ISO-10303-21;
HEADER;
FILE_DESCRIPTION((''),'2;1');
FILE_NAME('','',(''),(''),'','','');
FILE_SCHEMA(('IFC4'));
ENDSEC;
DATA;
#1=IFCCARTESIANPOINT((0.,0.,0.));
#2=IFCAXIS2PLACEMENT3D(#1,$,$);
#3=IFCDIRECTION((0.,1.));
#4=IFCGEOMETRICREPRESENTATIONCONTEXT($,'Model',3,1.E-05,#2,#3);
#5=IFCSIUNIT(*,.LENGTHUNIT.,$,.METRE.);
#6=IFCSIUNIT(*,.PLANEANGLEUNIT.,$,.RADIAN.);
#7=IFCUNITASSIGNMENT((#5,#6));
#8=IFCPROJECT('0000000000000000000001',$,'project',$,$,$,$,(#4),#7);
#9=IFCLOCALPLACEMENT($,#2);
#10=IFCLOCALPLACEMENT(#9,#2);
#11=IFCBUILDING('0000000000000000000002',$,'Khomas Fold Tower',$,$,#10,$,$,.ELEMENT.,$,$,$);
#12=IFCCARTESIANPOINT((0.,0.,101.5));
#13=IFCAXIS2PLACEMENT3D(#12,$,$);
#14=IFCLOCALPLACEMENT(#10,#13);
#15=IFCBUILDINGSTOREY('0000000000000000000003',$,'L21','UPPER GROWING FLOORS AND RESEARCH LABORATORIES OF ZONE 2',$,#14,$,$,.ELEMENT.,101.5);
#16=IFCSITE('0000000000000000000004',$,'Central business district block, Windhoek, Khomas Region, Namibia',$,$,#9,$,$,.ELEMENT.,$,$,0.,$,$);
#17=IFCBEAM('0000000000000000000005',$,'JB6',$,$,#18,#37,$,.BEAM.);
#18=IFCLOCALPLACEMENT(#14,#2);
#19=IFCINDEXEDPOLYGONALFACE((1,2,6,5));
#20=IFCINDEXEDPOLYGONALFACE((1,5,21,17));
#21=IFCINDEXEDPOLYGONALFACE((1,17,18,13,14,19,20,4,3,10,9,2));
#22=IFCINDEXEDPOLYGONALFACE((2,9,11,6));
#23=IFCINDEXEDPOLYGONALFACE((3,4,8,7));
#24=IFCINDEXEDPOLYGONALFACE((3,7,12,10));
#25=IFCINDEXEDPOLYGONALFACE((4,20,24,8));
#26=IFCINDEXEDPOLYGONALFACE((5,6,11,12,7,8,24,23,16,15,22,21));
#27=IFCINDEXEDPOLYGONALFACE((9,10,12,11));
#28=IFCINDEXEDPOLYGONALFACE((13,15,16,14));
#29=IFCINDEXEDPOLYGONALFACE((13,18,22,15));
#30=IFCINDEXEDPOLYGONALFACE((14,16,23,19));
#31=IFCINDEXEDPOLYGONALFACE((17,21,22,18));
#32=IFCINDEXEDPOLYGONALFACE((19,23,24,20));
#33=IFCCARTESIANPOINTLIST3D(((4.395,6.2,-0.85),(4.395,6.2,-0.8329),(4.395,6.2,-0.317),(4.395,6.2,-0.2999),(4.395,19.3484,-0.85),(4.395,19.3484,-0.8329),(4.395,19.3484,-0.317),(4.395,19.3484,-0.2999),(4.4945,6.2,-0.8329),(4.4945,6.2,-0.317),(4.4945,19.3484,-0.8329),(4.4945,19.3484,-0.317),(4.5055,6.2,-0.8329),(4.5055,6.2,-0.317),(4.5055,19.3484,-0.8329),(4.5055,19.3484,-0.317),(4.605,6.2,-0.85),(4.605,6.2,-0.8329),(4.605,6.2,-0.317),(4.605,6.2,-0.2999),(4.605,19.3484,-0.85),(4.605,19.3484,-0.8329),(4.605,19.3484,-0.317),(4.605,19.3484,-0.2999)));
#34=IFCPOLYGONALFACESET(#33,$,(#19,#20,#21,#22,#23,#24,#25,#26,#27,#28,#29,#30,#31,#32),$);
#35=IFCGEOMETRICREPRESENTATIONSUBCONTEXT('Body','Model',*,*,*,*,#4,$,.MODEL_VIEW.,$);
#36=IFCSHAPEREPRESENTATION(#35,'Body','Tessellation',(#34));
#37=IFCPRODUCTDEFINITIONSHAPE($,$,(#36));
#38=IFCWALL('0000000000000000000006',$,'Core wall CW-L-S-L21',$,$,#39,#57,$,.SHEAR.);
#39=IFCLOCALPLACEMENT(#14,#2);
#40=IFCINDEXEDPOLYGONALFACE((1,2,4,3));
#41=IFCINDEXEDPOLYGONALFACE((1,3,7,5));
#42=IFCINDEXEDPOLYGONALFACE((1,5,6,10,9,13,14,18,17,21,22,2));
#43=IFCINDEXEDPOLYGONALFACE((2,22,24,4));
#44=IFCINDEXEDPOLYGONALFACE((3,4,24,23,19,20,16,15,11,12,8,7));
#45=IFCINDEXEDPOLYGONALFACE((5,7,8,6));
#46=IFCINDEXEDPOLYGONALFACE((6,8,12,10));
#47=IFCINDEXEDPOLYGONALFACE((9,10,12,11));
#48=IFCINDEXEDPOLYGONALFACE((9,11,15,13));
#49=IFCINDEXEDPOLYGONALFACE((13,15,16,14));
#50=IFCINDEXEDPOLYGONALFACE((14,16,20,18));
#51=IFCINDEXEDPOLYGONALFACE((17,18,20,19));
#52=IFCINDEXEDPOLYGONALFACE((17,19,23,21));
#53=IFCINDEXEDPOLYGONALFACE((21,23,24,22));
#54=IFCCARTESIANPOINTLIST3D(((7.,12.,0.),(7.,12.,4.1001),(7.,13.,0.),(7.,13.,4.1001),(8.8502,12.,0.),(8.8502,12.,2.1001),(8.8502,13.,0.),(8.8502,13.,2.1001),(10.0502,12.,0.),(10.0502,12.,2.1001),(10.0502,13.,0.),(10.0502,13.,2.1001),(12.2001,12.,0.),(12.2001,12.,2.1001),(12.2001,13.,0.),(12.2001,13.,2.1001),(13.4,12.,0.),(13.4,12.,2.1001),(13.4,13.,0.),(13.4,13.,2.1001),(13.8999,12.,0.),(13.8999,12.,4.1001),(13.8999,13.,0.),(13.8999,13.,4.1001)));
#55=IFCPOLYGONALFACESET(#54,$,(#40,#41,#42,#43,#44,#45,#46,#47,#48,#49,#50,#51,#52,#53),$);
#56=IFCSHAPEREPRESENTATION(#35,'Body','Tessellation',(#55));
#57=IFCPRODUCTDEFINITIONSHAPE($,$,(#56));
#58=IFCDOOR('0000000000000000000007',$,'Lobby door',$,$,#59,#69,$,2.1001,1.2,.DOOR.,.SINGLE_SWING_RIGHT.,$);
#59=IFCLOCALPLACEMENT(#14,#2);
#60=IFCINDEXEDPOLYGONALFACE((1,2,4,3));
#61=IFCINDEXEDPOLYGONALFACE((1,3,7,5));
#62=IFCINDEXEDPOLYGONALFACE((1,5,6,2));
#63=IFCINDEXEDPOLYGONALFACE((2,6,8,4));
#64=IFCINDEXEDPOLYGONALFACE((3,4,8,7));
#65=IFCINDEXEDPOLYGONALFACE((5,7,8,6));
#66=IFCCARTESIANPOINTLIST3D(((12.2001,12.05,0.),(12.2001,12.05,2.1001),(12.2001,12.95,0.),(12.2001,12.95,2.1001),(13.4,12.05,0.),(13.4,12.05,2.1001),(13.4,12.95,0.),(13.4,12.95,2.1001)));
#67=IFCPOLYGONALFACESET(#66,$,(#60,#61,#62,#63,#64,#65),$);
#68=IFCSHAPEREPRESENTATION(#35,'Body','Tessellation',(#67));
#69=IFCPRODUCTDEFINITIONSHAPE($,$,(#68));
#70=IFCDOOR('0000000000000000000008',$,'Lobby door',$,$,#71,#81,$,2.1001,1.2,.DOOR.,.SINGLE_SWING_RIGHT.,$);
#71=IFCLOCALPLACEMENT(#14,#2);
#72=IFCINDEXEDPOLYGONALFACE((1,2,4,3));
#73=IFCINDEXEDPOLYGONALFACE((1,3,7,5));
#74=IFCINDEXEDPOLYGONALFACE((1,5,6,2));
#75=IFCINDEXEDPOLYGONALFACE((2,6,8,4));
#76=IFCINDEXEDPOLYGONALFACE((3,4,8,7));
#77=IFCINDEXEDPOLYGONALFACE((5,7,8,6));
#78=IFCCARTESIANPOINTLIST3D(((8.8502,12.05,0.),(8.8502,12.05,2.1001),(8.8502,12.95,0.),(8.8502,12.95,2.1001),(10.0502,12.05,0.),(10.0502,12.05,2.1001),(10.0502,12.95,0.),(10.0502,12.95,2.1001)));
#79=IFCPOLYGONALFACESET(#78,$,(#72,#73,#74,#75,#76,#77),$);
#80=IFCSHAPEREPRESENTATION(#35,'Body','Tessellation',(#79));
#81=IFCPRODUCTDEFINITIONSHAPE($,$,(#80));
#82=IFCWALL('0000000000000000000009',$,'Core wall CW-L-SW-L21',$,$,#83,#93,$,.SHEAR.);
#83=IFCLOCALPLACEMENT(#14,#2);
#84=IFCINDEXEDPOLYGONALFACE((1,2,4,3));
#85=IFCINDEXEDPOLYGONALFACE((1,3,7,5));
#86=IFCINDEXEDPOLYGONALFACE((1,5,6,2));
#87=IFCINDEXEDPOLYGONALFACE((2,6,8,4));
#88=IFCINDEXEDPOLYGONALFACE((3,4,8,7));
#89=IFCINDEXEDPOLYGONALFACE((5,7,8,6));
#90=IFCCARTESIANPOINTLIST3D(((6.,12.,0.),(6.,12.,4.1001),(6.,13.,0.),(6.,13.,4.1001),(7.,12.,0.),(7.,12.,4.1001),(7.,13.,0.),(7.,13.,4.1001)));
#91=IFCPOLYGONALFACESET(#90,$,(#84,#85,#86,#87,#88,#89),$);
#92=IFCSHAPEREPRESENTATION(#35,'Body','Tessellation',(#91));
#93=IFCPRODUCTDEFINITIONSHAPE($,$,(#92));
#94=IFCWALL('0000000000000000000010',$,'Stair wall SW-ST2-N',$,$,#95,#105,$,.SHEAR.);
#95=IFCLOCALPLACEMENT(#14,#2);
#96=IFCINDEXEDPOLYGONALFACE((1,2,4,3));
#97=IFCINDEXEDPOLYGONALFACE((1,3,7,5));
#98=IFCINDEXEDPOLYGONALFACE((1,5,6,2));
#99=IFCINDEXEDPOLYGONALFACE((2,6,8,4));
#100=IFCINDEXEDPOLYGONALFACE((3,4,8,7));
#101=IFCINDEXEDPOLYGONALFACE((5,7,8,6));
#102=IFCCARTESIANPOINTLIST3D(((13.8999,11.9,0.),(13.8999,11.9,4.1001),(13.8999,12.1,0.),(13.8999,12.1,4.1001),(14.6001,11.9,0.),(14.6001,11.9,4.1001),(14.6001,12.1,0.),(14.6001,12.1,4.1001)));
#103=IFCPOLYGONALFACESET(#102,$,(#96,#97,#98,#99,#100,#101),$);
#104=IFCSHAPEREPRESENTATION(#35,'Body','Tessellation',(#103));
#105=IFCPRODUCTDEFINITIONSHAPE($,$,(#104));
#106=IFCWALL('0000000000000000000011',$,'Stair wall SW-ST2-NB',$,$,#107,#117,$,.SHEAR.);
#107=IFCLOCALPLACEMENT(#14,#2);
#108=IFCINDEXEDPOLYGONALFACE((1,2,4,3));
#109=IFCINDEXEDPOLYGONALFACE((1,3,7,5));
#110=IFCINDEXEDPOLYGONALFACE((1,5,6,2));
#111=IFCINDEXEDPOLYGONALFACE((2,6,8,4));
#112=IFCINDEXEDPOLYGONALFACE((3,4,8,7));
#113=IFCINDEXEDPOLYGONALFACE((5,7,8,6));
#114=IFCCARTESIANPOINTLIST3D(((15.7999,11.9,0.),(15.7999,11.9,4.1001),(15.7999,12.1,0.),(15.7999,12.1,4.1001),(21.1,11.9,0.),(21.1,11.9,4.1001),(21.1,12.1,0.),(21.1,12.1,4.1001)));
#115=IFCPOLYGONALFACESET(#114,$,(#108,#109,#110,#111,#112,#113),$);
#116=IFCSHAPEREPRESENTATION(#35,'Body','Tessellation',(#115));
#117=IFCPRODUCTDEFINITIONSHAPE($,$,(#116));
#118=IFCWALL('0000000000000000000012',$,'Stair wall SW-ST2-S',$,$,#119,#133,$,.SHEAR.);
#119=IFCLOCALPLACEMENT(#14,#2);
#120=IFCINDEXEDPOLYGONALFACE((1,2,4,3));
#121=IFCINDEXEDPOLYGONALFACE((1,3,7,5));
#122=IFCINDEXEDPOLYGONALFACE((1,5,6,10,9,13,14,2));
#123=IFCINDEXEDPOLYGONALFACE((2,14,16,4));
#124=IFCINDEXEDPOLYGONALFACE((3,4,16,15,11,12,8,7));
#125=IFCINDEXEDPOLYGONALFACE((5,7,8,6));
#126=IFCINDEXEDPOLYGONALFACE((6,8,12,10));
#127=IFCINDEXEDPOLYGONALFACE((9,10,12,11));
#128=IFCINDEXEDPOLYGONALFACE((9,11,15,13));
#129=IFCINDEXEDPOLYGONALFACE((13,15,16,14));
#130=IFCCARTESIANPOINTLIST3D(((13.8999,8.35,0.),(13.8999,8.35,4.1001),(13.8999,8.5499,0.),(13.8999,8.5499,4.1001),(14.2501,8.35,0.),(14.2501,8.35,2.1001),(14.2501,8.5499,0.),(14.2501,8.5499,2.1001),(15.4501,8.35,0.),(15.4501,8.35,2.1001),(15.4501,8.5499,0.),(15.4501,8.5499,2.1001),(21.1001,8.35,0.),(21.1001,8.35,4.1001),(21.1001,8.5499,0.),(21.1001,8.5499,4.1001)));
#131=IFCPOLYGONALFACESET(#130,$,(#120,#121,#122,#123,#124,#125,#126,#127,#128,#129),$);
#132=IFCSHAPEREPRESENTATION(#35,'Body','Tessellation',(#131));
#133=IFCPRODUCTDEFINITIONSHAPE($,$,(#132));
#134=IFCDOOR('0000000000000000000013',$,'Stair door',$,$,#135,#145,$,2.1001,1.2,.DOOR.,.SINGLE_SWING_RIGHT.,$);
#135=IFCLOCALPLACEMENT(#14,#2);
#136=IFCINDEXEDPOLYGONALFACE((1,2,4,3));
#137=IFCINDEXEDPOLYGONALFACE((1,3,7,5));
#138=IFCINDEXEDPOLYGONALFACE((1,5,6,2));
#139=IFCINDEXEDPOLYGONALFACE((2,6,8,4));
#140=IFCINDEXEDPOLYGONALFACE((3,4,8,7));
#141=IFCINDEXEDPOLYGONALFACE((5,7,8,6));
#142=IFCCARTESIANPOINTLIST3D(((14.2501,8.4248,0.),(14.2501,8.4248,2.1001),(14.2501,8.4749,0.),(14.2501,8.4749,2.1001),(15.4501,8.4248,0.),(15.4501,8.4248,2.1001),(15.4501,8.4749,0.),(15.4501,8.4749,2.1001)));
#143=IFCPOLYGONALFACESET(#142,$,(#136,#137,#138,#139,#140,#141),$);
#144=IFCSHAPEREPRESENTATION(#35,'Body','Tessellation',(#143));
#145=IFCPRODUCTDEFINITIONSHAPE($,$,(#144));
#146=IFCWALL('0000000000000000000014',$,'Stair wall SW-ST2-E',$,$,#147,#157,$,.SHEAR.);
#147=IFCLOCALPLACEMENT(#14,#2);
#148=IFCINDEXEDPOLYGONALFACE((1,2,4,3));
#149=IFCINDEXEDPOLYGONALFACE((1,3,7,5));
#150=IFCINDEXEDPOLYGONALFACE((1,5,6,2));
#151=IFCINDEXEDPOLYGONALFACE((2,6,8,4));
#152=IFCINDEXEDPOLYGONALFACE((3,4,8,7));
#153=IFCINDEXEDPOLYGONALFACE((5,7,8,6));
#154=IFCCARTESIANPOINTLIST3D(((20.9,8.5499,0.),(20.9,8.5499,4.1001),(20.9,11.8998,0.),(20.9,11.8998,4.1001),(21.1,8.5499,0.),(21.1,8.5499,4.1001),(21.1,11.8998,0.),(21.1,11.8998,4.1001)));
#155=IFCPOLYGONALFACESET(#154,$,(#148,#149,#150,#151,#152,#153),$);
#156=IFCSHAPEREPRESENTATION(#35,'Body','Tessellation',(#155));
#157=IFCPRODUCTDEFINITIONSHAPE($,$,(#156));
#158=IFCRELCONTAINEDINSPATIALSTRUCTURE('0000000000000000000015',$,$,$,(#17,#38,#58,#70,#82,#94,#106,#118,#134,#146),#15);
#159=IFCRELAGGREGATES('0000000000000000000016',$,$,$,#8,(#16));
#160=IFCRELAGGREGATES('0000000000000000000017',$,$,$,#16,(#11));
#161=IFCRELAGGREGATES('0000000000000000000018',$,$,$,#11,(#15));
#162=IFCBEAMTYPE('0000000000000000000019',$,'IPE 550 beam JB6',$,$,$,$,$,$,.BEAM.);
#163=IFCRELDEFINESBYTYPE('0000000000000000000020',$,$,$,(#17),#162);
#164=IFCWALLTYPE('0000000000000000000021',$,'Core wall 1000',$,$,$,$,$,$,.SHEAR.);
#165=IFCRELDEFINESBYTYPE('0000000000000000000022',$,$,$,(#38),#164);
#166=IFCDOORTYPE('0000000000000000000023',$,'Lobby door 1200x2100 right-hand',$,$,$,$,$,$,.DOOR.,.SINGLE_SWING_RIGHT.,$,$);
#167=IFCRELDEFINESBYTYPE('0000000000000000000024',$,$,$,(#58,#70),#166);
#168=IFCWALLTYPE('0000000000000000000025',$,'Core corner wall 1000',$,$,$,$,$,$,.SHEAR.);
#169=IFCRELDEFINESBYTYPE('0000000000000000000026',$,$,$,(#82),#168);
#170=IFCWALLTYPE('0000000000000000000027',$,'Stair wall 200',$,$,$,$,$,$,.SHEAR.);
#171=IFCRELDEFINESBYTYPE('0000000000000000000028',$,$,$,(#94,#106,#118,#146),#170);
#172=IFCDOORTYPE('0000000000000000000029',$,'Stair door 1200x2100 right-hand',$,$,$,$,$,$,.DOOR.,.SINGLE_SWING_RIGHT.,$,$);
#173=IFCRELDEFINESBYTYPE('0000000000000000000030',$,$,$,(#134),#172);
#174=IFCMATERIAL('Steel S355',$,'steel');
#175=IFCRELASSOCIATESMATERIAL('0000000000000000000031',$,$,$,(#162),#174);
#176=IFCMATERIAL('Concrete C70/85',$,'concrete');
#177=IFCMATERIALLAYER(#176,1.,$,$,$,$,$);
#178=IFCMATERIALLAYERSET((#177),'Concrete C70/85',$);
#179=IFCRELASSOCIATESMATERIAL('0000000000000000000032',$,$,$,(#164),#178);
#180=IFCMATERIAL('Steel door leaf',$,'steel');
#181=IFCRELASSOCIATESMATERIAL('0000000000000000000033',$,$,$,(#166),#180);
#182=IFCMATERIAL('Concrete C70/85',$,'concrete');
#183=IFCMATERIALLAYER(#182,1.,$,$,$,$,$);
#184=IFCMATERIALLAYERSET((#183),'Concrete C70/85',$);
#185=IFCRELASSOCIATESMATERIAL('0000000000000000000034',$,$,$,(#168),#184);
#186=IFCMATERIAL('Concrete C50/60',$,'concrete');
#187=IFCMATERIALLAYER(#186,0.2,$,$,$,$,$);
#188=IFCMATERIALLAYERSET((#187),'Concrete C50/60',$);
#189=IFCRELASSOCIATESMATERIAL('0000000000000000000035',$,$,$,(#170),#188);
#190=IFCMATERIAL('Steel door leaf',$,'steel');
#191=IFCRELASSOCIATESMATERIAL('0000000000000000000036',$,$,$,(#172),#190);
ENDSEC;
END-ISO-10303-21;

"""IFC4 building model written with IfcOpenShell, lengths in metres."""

from ifc_helpers import new_model, si_unit, direction, frame, frame_2d, origin, origin_2d, place, context, subcontext, project, spatial, rectangle, i_section, extrude, source, transform, mapped, material, layer, layer_set, material_profile, profile_set, type_object, element, fill, save


model = new_model("IFC4")

# Units and contexts
model_context = context("Model", 3, precision=1e-05, world=origin(), true_north=direction((0.0, 1.0)))
body_context = subcontext(model_context, "Body", "Model", "MODEL_VIEW")
ifc_project = project(units=[si_unit("LENGTHUNIT", "METRE"), si_unit("PLANEANGLEUNIT", "RADIAN")], contexts=[model_context])

# Site, building, storey
site_placement = place(None, origin())
site = spatial("IfcSite", under=ifc_project, at=site_placement, Name="Central business district block, Windhoek, Khomas Region, Namibia", CompositionType="ELEMENT", RefElevation=0.0)
building_placement = place(site_placement, origin())
building = spatial("IfcBuilding", under=site, at=building_placement, Name="Khomas Fold Tower", CompositionType="ELEMENT")
storey_placement = place(building_placement, frame((0.0, 0.0, 101.5)))
storey = spatial("IfcBuildingStorey", under=building, at=storey_placement, Name="L21", Description="UPPER GROWING FLOORS AND RESEARCH LABORATORIES OF ZONE 2", CompositionType="ELEMENT", Elevation=101.5)

# Beam
ifc_material_1 = material(Name="Steel S355", Category="steel")
ifc_material_profile = material_profile(ifc_material_1, i_section(OverallWidth=0.21, OverallDepth=0.55, WebThickness=0.011, FlangeThickness=0.0171, at=origin_2d()), Name="IPE 550")
ifc_profile_set = profile_set([ifc_material_profile], Name="Steel S355")
beam_type = type_object("IfcBeamType", Name="IPE 550 beam JB6", PredefinedType="BEAM", material=ifc_profile_set)
shared_shape_1 = source(origin(), body_context, "Body", "SweptSolid", [
    extrude(i_section(OverallWidth=0.21, OverallDepth=0.55, WebThickness=0.011, FlangeThickness=0.0171, at=origin_2d()), origin(), (0.0, 0.0, 1.0), 13.1484),
])
beam_placement = place(storey_placement, frame((4.5, 6.2, -0.575), z_axis=(0.0, 1.0, 0.0), x_axis=(-1.0, 0.0, 0.0)))
element("IfcBeam", 1, at=beam_placement, inside=storey, type_object=beam_type, Name="JB6", PredefinedType="BEAM", context=body_context, shape_type="MappedRepresentation", body=[
    mapped(shared_shape_1, transform((0.0, 0.0, 0.0))),
])

# Wall, openings, doors
ifc_material_2 = material(Name="Concrete C70/85", Category="concrete")
ifc_layer_1 = layer(ifc_material_2, 1.0)
ifc_layer_set_1 = layer_set([ifc_layer_1], Name="Concrete C70/85")
wall_type_1 = type_object("IfcWallType", Name="Core wall 1000", PredefinedType="SHEAR", material=ifc_layer_set_1)
shared_shape_2 = source(origin(), body_context, "Body", "SweptSolid", [
    extrude(rectangle(XDim=6.8999, YDim=1.0, at=frame_2d((3.45, 0.0))), origin(), (0.0, 0.0, 1.0), 4.1001),
])
wall_1_placement = place(storey_placement, frame((7.0, 12.5, 0.0), z_axis=(0.0, 0.0, 1.0), x_axis=(1.0, 0.0, 0.0)))
wall_1 = element("IfcWall", 2, at=wall_1_placement, inside=storey, type_object=wall_type_1, Name="Core wall CW-L-S-L21", PredefinedType="SHEAR", context=body_context, shape_type="MappedRepresentation", body=[
    mapped(shared_shape_2, transform((0.0, 0.0, 0.0))),
])
shared_shape_3 = source(origin(), body_context, "Body", "SweptSolid", [
    extrude(rectangle(XDim=1.2, YDim=2.1001, at=frame_2d((0.6001, 1.05))), frame((0.0, 0.51, 0.0), z_axis=(0.0, -1.0, 0.0), x_axis=(1.0, 0.0, 0.0)), (0.0, 0.0, 1.0), 1.02),
])
opening_1_placement = place(wall_1_placement, frame((5.2, 0.0, 0.0)))
opening_1 = element("IfcOpeningElement", 3, at=opening_1_placement, cuts=wall_1, PredefinedType="OPENING", context=body_context, shape_type="MappedRepresentation", body=[
    mapped(shared_shape_3, transform((0.0, 0.0, 0.0))),
])
opening_2_placement = place(wall_1_placement, frame((1.8501, 0.0, 0.0)))
opening_2 = element("IfcOpeningElement", 4, at=opening_2_placement, cuts=wall_1, PredefinedType="OPENING", context=body_context, shape_type="MappedRepresentation", body=[
    mapped(shared_shape_3, transform((0.0, 0.0, 0.0))),
])
ifc_material_3 = material(Name="Steel door leaf", Category="steel")
door_type_1 = type_object("IfcDoorType", Name="Lobby door 1200x2100 right-hand", OperationType="SINGLE_SWING_RIGHT", PredefinedType="DOOR", material=ifc_material_3)
shared_shape_4 = source(origin(), body_context, "Body", "SweptSolid", [
    extrude(rectangle(XDim=1.2, YDim=2.1001, at=frame_2d((0.6001, 1.05))), frame((0.0, 0.45, 0.0), z_axis=(0.0, -1.0, 0.0), x_axis=(1.0, 0.0, 0.0)), (0.0, 0.0, 1.0), 0.8999),
])
door_1_placement = place(opening_1_placement, origin())
door_1 = element("IfcDoor", 5, at=door_1_placement, inside=storey, type_object=door_type_1, Name="Lobby door", OperationType="SINGLE_SWING_RIGHT", OverallHeight=2.1001, OverallWidth=1.2, PredefinedType="DOOR", context=body_context, shape_type="MappedRepresentation", body=[
    mapped(shared_shape_4, transform((0.0, 0.0, 0.0))),
])
fill(opening_1, door_1)
door_2_placement = place(opening_2_placement, origin())
door_2 = element("IfcDoor", 6, at=door_2_placement, inside=storey, type_object=door_type_1, Name="Lobby door", OperationType="SINGLE_SWING_RIGHT", OverallHeight=2.1001, OverallWidth=1.2, PredefinedType="DOOR", context=body_context, shape_type="MappedRepresentation", body=[
    mapped(shared_shape_4, transform((0.0, 0.0, 0.0))),
])
fill(opening_2, door_2)

# Walls
ifc_material_4 = material(Name="Concrete C70/85", Category="concrete")
ifc_layer_2 = layer(ifc_material_4, 1.0)
ifc_layer_set_2 = layer_set([ifc_layer_2], Name="Concrete C70/85")
wall_type_2 = type_object("IfcWallType", Name="Core corner wall 1000", PredefinedType="SHEAR", material=ifc_layer_set_2)
shared_shape_5 = source(origin(), body_context, "Body", "SweptSolid", [
    extrude(rectangle(XDim=1.0, YDim=1.0, at=frame_2d((0.5, 0.0))), origin(), (0.0, 0.0, 1.0), 4.1001),
])
wall_2_placement = place(storey_placement, frame((6.0, 12.5, 0.0), z_axis=(0.0, 0.0, 1.0), x_axis=(1.0, 0.0, 0.0)))
element("IfcWall", 7, at=wall_2_placement, inside=storey, type_object=wall_type_2, Name="Core wall CW-L-SW-L21", PredefinedType="SHEAR", context=body_context, shape_type="MappedRepresentation", body=[
    mapped(shared_shape_5, transform((0.0, 0.0, 0.0))),
])
ifc_material_5 = material(Name="Concrete C50/60", Category="concrete")
ifc_layer_3 = layer(ifc_material_5, 0.2)
ifc_layer_set_3 = layer_set([ifc_layer_3], Name="Concrete C50/60")
wall_type_3 = type_object("IfcWallType", Name="Stair wall 200", PredefinedType="SHEAR", material=ifc_layer_set_3)
shared_shape_6 = source(origin(), body_context, "Body", "SweptSolid", [
    extrude(rectangle(XDim=0.7002, YDim=0.2, at=frame_2d((0.3501, 0.0))), origin(), (0.0, 0.0, 1.0), 4.1001),
])
wall_3_placement = place(storey_placement, frame((13.8999, 12.0, 0.0), z_axis=(0.0, 0.0, 1.0), x_axis=(1.0, 0.0, 0.0)))
element("IfcWall", 8, at=wall_3_placement, inside=storey, type_object=wall_type_3, Name="Stair wall SW-ST2-N", PredefinedType="SHEAR", context=body_context, shape_type="MappedRepresentation", body=[
    mapped(shared_shape_6, transform((0.0, 0.0, 0.0))),
])
shared_shape_7 = source(origin(), body_context, "Body", "SweptSolid", [
    extrude(rectangle(XDim=5.3, YDim=0.2, at=frame_2d((2.6499, 0.0))), origin(), (0.0, 0.0, 1.0), 4.1001),
])
wall_4_placement = place(storey_placement, frame((15.8, 12.0, 0.0), z_axis=(0.0, 0.0, 1.0), x_axis=(1.0, 0.0, 0.0)))
element("IfcWall", 9, at=wall_4_placement, inside=storey, type_object=wall_type_3, Name="Stair wall SW-ST2-NB", PredefinedType="SHEAR", context=body_context, shape_type="MappedRepresentation", body=[
    mapped(shared_shape_7, transform((0.0, 0.0, 0.0))),
])

# Wall, opening, door
shared_shape_8 = source(origin(), body_context, "Body", "SweptSolid", [
    extrude(rectangle(XDim=7.2002, YDim=0.2, at=frame_2d((3.6001, 0.0))), origin(), (0.0, 0.0, 1.0), 4.1001),
])
wall_5_placement = place(storey_placement, frame((13.8999, 8.45, 0.0), z_axis=(0.0, 0.0, 1.0), x_axis=(1.0, 0.0, 0.0)))
wall_5 = element("IfcWall", 10, at=wall_5_placement, inside=storey, type_object=wall_type_3, Name="Stair wall SW-ST2-S", PredefinedType="SHEAR", context=body_context, shape_type="MappedRepresentation", body=[
    mapped(shared_shape_8, transform((0.0, 0.0, 0.0))),
])
shared_shape_9 = source(origin(), body_context, "Body", "SweptSolid", [
    extrude(rectangle(XDim=1.2, YDim=2.1001, at=frame_2d((0.6001, 1.05))), frame((0.0, 0.1099, 0.0), z_axis=(0.0, -1.0, 0.0), x_axis=(1.0, 0.0, 0.0)), (0.0, 0.0, 1.0), 0.22),
])
opening_3_placement = place(wall_5_placement, frame((0.3501, 0.0, 0.0)))
opening_3 = element("IfcOpeningElement", 11, at=opening_3_placement, cuts=wall_5, PredefinedType="OPENING", context=body_context, shape_type="MappedRepresentation", body=[
    mapped(shared_shape_9, transform((0.0, 0.0, 0.0))),
])
ifc_material_6 = material(Name="Steel door leaf", Category="steel")
door_type_2 = type_object("IfcDoorType", Name="Stair door 1200x2100 right-hand", OperationType="SINGLE_SWING_RIGHT", PredefinedType="DOOR", material=ifc_material_6)
shared_shape_10 = source(origin(), body_context, "Body", "SweptSolid", [
    extrude(rectangle(XDim=1.2, YDim=2.1001, at=frame_2d((0.6001, 1.05))), frame((0.0, 0.0249, 0.0), z_axis=(0.0, -1.0, 0.0), x_axis=(1.0, 0.0, 0.0)), (0.0, 0.0, 1.0), 0.05),
])
door_3_placement = place(opening_3_placement, origin())
door_3 = element("IfcDoor", 12, at=door_3_placement, inside=storey, type_object=door_type_2, Name="Stair door", OperationType="SINGLE_SWING_RIGHT", OverallHeight=2.1001, OverallWidth=1.2, PredefinedType="DOOR", context=body_context, shape_type="MappedRepresentation", body=[
    mapped(shared_shape_10, transform((0.0, 0.0, 0.0))),
])
fill(opening_3, door_3)

# Wall
shared_shape_11 = source(origin(), body_context, "Body", "SweptSolid", [
    extrude(rectangle(XDim=3.3499, YDim=0.2, at=frame_2d((1.6748, 0.0))), origin(), (0.0, 0.0, 1.0), 4.1001),
])
for number, where, z_axis, x_axis, name in (
    (13, (21.0, 8.55, 0.0), (0.0, 0.0, 1.0), (0.0, 1.0, 0.0), "Stair wall SW-ST2-E"),
):
    element("IfcWall", number, at=place(storey_placement, frame(where, z_axis=z_axis, x_axis=x_axis)), inside=storey, type_object=wall_type_3, Name=name, PredefinedType="SHEAR", context=body_context, shape_type="MappedRepresentation", body=[
        mapped(shared_shape_11, transform((0.0, 0.0, 0.0))),
    ])

save(model, "model.ifc")
